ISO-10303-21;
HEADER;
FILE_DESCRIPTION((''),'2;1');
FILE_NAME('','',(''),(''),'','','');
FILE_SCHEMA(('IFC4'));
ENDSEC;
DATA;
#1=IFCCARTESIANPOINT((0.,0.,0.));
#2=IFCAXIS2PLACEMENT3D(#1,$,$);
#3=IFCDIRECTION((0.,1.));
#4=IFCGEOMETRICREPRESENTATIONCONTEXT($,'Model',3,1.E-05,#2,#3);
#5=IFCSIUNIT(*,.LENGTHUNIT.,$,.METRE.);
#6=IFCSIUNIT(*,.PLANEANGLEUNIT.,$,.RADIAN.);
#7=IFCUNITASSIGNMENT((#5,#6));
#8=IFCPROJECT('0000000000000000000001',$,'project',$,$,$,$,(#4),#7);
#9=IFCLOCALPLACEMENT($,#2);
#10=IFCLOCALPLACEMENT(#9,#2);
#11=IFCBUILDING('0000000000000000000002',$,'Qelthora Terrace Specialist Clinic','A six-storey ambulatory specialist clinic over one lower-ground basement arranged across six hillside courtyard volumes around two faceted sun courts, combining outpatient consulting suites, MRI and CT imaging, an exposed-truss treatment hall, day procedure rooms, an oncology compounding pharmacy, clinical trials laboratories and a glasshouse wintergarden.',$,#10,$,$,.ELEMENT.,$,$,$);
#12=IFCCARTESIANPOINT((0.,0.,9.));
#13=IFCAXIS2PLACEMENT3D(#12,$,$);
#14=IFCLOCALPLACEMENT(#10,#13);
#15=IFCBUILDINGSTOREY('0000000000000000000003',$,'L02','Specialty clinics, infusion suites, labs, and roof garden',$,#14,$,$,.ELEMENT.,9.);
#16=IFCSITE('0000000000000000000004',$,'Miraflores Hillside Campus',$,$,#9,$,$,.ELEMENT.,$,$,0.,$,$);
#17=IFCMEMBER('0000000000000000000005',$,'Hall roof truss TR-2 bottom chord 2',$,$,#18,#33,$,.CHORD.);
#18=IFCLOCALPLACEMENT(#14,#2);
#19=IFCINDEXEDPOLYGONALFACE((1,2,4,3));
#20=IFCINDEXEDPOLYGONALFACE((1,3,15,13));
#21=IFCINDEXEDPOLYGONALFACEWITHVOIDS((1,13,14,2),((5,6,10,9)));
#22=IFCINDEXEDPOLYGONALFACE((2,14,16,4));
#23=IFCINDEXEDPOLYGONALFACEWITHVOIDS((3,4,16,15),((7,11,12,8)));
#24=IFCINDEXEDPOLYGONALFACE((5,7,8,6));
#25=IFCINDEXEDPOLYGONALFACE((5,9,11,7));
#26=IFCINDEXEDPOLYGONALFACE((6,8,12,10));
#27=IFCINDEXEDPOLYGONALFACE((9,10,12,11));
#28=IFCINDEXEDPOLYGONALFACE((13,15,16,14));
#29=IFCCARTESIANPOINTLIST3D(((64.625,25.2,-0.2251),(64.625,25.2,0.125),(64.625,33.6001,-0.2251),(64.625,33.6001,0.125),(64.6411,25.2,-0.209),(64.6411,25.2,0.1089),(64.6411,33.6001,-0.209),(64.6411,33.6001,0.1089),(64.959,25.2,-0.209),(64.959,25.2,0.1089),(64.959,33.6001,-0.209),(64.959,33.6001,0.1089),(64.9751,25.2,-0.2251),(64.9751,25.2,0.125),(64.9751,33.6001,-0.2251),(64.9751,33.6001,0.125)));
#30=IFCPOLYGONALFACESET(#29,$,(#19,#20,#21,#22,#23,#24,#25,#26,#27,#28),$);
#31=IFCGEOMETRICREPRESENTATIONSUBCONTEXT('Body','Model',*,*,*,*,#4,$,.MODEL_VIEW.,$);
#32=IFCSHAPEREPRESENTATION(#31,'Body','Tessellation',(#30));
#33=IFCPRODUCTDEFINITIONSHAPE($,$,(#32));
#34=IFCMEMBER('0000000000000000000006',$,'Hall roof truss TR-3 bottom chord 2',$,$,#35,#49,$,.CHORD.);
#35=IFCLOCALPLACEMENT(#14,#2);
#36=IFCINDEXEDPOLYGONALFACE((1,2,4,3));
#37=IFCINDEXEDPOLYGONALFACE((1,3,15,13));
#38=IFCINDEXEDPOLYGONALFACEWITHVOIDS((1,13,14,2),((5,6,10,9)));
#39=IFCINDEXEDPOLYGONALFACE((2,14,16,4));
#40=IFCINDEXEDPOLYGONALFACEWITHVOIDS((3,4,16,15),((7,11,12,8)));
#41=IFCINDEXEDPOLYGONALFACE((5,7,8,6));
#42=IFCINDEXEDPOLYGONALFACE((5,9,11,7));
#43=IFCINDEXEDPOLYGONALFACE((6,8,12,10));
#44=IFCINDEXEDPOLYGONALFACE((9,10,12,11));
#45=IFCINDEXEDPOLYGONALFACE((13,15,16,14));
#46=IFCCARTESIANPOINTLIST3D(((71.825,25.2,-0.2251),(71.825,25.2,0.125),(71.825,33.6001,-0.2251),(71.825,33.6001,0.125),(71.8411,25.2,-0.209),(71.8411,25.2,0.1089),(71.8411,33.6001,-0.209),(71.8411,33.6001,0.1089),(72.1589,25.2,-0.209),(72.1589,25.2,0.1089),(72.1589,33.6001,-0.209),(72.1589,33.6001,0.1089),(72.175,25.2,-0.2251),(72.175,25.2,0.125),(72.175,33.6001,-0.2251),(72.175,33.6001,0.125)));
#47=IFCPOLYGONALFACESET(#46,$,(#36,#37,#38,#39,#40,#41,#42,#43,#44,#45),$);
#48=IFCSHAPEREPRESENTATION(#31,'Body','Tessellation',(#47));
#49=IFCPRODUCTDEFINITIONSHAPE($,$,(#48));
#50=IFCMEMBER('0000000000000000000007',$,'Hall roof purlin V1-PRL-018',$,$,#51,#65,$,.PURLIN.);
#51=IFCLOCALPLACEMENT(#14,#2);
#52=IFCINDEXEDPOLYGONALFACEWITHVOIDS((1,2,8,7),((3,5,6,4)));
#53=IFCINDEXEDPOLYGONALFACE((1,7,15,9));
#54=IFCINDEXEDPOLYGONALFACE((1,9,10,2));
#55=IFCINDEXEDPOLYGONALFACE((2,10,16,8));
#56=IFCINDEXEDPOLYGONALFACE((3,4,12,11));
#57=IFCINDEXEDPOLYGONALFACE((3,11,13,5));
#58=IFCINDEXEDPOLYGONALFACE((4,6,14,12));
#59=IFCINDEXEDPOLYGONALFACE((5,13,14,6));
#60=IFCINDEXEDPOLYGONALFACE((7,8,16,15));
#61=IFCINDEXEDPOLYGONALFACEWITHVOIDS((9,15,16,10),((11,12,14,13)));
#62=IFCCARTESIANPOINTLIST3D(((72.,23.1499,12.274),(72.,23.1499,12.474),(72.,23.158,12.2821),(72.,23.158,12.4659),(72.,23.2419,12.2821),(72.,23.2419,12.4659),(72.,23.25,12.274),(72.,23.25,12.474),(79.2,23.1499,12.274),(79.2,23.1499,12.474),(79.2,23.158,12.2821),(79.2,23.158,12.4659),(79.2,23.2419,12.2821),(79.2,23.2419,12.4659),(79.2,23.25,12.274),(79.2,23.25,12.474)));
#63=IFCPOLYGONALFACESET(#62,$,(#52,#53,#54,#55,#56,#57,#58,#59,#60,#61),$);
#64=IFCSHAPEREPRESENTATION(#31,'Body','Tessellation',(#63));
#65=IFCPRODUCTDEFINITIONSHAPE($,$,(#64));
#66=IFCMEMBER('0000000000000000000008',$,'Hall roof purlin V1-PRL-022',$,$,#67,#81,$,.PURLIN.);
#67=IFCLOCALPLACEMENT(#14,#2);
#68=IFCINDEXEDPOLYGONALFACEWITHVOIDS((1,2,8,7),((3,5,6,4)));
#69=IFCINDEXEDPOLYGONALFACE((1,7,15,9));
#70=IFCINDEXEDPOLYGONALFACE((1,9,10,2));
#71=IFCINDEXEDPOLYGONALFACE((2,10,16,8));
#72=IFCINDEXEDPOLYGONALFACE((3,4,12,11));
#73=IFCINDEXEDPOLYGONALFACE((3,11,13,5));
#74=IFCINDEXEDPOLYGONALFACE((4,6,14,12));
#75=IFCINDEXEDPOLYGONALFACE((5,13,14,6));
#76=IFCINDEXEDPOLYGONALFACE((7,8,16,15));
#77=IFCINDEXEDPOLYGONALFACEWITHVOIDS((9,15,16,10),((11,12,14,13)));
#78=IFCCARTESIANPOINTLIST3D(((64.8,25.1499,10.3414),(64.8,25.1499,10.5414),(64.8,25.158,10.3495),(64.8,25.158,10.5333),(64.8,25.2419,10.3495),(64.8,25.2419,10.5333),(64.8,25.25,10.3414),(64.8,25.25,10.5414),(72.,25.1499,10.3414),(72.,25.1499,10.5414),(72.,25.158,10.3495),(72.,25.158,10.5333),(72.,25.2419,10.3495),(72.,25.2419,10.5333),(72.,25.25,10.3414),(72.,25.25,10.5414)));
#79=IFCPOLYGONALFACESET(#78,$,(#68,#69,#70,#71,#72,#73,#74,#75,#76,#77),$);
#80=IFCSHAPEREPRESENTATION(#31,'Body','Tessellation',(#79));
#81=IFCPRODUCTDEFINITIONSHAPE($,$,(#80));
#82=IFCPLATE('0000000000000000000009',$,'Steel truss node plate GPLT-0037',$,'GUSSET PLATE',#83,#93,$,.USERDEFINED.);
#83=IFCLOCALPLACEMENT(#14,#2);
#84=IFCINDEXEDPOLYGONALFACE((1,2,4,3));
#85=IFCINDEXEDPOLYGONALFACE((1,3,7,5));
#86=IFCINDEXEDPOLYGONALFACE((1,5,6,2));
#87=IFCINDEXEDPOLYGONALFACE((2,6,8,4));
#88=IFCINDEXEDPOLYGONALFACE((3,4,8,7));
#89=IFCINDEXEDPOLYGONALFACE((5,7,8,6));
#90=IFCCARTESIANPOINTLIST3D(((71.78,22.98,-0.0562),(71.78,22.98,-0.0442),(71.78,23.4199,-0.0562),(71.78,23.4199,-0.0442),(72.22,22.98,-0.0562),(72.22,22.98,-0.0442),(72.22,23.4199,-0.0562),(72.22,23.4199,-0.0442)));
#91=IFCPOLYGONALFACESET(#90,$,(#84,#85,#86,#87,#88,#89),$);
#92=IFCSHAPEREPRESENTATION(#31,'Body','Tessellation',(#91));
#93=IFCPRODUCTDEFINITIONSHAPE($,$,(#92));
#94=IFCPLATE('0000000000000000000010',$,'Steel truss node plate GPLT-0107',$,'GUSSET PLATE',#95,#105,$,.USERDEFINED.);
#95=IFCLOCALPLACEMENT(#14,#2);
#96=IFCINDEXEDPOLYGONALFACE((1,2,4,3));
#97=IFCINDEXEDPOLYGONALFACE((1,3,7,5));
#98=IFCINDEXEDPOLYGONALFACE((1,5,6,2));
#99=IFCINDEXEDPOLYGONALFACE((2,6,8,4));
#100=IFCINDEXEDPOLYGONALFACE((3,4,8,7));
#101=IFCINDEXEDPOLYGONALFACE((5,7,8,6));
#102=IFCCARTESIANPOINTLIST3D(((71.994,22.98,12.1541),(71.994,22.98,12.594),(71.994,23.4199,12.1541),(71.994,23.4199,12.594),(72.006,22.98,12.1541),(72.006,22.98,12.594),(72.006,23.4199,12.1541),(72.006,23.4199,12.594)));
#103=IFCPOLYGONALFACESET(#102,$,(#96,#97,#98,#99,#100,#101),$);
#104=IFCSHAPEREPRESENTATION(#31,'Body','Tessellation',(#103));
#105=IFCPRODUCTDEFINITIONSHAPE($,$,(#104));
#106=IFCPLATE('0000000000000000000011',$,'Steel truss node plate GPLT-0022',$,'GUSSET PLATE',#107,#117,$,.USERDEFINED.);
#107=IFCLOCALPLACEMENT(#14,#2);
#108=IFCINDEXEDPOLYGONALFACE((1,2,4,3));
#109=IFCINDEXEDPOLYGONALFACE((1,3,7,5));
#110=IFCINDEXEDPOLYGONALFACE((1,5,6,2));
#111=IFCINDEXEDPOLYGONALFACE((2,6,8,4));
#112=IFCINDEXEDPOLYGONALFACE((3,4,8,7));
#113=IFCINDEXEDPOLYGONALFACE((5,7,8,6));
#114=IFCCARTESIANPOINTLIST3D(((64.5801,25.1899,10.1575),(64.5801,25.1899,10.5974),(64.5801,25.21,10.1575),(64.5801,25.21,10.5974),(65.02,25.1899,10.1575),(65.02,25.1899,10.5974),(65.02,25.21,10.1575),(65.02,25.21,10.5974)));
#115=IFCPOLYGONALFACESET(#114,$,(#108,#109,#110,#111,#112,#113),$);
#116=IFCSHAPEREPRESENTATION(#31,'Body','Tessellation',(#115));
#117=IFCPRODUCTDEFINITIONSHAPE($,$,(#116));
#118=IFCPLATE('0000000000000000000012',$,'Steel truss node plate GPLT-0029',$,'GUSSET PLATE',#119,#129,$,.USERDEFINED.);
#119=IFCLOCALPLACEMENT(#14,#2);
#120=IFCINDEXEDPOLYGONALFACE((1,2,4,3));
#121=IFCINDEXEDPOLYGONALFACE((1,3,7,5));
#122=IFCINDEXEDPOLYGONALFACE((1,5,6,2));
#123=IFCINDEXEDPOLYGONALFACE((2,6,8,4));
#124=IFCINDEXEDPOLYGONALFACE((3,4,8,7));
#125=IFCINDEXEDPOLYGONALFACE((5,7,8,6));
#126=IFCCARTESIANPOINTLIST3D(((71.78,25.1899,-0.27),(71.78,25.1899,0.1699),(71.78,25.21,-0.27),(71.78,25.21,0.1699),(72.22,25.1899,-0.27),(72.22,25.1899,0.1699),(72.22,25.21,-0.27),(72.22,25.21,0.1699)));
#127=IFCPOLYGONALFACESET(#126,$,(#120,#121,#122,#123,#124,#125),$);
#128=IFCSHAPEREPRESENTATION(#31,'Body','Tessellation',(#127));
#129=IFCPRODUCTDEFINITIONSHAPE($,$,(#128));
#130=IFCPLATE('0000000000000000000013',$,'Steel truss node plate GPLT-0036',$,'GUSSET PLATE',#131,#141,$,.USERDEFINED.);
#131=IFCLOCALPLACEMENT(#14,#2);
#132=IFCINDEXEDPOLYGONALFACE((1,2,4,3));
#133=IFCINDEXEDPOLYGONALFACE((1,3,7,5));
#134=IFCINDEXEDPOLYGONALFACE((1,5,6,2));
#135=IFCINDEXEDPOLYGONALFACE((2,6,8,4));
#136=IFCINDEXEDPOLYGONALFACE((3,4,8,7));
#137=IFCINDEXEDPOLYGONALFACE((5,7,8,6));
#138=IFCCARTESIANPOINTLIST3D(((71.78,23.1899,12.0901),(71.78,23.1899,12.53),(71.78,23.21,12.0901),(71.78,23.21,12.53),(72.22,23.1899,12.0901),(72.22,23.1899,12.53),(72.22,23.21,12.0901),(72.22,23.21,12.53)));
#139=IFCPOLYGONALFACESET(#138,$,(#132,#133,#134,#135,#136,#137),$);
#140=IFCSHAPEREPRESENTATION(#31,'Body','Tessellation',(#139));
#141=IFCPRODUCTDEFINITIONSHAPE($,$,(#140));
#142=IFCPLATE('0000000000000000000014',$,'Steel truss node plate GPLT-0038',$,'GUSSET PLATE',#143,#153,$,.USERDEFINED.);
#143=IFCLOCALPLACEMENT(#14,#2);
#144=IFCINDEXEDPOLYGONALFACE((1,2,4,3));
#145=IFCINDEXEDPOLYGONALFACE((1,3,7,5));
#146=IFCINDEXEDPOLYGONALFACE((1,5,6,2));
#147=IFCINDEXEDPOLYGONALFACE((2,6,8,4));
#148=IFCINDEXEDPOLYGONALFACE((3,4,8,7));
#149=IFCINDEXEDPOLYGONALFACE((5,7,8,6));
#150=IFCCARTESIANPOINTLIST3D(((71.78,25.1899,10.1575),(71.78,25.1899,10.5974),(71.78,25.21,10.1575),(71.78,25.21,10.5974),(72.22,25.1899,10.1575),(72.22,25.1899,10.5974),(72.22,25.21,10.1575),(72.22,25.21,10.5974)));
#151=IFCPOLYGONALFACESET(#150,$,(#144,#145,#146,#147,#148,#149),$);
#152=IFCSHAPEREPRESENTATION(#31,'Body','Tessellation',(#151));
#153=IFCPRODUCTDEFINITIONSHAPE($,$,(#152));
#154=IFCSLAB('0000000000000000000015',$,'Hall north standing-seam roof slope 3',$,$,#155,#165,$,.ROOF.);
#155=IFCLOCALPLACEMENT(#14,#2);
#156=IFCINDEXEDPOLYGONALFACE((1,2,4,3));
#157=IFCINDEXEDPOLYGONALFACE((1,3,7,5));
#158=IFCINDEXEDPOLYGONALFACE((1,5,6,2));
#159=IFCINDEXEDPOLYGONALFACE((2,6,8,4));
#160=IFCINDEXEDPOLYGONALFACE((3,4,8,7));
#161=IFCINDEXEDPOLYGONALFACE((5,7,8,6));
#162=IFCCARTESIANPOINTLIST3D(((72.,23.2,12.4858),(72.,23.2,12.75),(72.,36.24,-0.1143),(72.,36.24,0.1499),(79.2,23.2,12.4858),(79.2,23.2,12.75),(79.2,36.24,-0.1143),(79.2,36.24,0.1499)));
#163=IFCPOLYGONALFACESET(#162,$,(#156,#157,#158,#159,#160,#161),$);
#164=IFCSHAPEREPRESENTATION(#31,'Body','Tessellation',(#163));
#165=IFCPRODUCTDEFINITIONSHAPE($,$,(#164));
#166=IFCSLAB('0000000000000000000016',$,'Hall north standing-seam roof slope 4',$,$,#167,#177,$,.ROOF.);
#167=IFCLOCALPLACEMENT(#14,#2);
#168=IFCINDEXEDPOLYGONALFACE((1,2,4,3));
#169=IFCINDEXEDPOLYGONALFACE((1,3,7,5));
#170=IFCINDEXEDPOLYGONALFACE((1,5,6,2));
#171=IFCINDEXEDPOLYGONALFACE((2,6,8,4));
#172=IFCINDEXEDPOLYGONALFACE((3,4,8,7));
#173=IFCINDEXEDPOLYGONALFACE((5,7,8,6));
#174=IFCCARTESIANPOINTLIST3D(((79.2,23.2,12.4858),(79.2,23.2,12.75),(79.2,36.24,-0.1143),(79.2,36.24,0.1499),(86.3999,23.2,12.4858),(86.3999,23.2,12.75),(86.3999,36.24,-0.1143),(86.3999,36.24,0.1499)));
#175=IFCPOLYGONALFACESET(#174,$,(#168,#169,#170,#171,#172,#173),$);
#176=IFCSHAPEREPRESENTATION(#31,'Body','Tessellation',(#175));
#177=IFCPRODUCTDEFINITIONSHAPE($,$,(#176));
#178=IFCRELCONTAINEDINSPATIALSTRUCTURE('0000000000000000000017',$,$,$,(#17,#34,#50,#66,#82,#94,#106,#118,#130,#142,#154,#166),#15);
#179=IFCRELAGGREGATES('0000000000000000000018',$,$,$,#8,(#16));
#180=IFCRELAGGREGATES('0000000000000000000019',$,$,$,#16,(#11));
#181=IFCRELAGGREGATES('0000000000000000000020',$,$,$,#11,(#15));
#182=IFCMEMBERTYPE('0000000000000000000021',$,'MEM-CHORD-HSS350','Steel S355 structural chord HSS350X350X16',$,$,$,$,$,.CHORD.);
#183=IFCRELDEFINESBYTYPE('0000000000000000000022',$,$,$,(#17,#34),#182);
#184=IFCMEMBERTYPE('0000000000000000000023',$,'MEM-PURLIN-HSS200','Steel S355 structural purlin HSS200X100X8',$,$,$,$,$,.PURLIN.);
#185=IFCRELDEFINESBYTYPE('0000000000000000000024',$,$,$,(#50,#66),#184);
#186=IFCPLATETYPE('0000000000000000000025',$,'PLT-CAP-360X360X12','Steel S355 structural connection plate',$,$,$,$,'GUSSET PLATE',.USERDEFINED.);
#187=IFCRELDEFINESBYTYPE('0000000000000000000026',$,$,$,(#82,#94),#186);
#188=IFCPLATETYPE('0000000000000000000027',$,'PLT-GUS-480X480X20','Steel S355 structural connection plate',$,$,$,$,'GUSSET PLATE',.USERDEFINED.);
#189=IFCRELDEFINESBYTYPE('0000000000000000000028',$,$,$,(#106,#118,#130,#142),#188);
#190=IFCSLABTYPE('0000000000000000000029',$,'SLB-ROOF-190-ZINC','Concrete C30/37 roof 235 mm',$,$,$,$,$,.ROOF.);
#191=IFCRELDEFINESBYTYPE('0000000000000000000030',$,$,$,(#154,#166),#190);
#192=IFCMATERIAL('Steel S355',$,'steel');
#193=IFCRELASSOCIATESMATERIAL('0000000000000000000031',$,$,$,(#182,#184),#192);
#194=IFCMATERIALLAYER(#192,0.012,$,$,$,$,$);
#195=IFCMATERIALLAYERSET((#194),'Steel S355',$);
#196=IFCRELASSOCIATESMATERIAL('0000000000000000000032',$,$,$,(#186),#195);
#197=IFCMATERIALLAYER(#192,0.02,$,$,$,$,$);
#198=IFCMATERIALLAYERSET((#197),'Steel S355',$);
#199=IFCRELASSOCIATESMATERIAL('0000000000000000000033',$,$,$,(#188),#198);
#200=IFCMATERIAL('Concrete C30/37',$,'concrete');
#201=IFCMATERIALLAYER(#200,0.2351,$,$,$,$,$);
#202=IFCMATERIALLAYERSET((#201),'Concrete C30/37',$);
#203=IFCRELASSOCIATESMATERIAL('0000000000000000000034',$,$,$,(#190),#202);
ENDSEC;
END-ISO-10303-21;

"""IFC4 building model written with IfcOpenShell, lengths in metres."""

from ifc_helpers import new_model, si_unit, direction, frame, origin, origin_2d, place, context, subcontext, project, spatial, polyline, rectangle, hollow_rectangle, outline, extrude, material, layer, layer_set, material_profile, profile_set, type_object, element, save


model = new_model("IFC4")

# Units and contexts
model_context = context("Model", 3, precision=1e-05, world=origin(), true_north=direction((0.0, 1.0)))
body_context = subcontext(model_context, "Body", "Model", "MODEL_VIEW")
ifc_project = project(units=[si_unit("LENGTHUNIT", "METRE"), si_unit("PLANEANGLEUNIT", "RADIAN")], contexts=[model_context])

# Site, building, storey
site_placement = place(None, origin())
site = spatial("IfcSite", under=ifc_project, at=site_placement, Name="Miraflores Hillside Campus", CompositionType="ELEMENT", RefElevation=0.0)
building_placement = place(site_placement, origin())
building = spatial("IfcBuilding", under=site, at=building_placement, Name="Qelthora Terrace Specialist Clinic", Description="A six-storey ambulatory specialist clinic over one lower-ground basement arranged across six hillside courtyard volumes around two faceted sun courts, combining outpatient consulting suites, MRI and CT imaging, an exposed-truss treatment hall, day procedure rooms, an oncology compounding pharmacy, clinical trials laboratories and a glasshouse wintergarden.", CompositionType="ELEMENT")
storey_placement = place(building_placement, frame((0.0, 0.0, 9.0)))
storey = spatial("IfcBuildingStorey", under=building, at=storey_placement, Name="L02", Description="Specialty clinics, infusion suites, labs, and roof garden", CompositionType="ELEMENT", Elevation=9.0)

# Shared definitions
ifc_material_1 = material(Name="Steel S355", Category="steel")

# Members
ifc_material_profile_1 = material_profile(ifc_material_1, hollow_rectangle(XDim=0.3501, YDim=0.3501, WallThickness=0.0161, at=origin_2d()), Name="HSS350X350X16")
ifc_profile_set_1 = profile_set([ifc_material_profile_1], Name="Steel S355")
member_type_1 = type_object("IfcMemberType", Name="MEM-CHORD-HSS350", Description="Steel S355 structural chord HSS350X350X16", PredefinedType="CHORD", material=ifc_profile_set_1)
for number, where, z_axis, x_axis, name in (
    (1, (64.8, 25.2, -0.05), (0.0, 1.0, 0.0), (-1.0, 0.0, 0.0), "Hall roof truss TR-2 bottom chord 2"),
    (2, (72.0, 25.2, -0.05), (0.0, 1.0, 0.0), (-1.0, 0.0, 0.0), "Hall roof truss TR-3 bottom chord 2"),
):
    element("IfcMember", number, at=place(storey_placement, frame(where, z_axis=z_axis, x_axis=x_axis)), inside=storey, type_object=member_type_1, Name=name, PredefinedType="CHORD", context=body_context, shape_type="SweptSolid", body=[
        extrude(hollow_rectangle(XDim=0.3501, YDim=0.3501, WallThickness=0.0161, at=origin_2d()), origin(), (0.0, 0.0, 1.0), 8.4001),
    ])
ifc_material_profile_2 = material_profile(ifc_material_1, hollow_rectangle(XDim=0.1001, YDim=0.2, WallThickness=0.0081, at=origin_2d()), Name="HSS200X100X8")
ifc_profile_set_2 = profile_set([ifc_material_profile_2], Name="Steel S355")
member_type_2 = type_object("IfcMemberType", Name="MEM-PURLIN-HSS200", Description="Steel S355 structural purlin HSS200X100X8", PredefinedType="PURLIN", material=ifc_profile_set_2)
for number, where, z_axis, x_axis, name in (
    (3, (72.0, 23.2, 12.374), (1.0, 0.0, 0.0), (0.0, 1.0, 0.0), "Hall roof purlin V1-PRL-018"),
    (4, (64.8, 25.2, 10.4414), (1.0, 0.0, 0.0), (0.0, 1.0, 0.0), "Hall roof purlin V1-PRL-022"),
):
    element("IfcMember", number, at=place(storey_placement, frame(where, z_axis=z_axis, x_axis=x_axis)), inside=storey, type_object=member_type_2, Name=name, PredefinedType="PURLIN", context=body_context, shape_type="SweptSolid", body=[
        extrude(hollow_rectangle(XDim=0.1001, YDim=0.2, WallThickness=0.0081, at=origin_2d()), origin(), (0.0, 0.0, 1.0), 7.2),
    ])

# Plates
ifc_layer_1 = layer(ifc_material_1, 0.012)
ifc_layer_set_1 = layer_set([ifc_layer_1], Name="Steel S355")
plate_type_1 = type_object("IfcPlateType", Name="PLT-CAP-360X360X12", Description="Steel S355 structural connection plate", ElementType="GUSSET PLATE", PredefinedType="USERDEFINED", material=ifc_layer_set_1)
plate_1_placement = place(storey_placement, frame((72.0, 23.2, -0.0562), z_axis=(0.0, 0.0, 1.0), x_axis=(1.0, 0.0, 0.0)))
element("IfcPlate", 5, at=plate_1_placement, inside=storey, type_object=plate_type_1, Name="Steel truss node plate GPLT-0037", ObjectType="GUSSET PLATE", PredefinedType="USERDEFINED", context=body_context, shape_type="SweptSolid", body=[
    extrude(rectangle(XDim=0.4399, YDim=0.4399, at=origin_2d()), origin(), (0.0, 0.0, 1.0), 0.012),
])
plate_2_placement = place(storey_placement, frame((72.0, 23.2, 12.1541), z_axis=(0.0, 0.0, 1.0), x_axis=(1.0, 0.0, 0.0)))
element("IfcPlate", 6, at=plate_2_placement, inside=storey, type_object=plate_type_1, Name="Steel truss node plate GPLT-0107", ObjectType="GUSSET PLATE", PredefinedType="USERDEFINED", context=body_context, shape_type="SweptSolid", body=[
    extrude(rectangle(XDim=0.012, YDim=0.4399, at=origin_2d()), origin(), (0.0, 0.0, 1.0), 0.4399),
])
ifc_layer_2 = layer(ifc_material_1, 0.02)
ifc_layer_set_2 = layer_set([ifc_layer_2], Name="Steel S355")
plate_type_2 = type_object("IfcPlateType", Name="PLT-GUS-480X480X20", Description="Steel S355 structural connection plate", ElementType="GUSSET PLATE", PredefinedType="USERDEFINED", material=ifc_layer_set_2)
for number, where, z_axis, x_axis, name in (
    (7, (64.8, 25.2, 10.1575), (0.0, 0.0, 1.0), (1.0, 0.0, 0.0), "Steel truss node plate GPLT-0022"),
    (8, (72.0, 25.2, -0.27), (0.0, 0.0, 1.0), (1.0, 0.0, 0.0), "Steel truss node plate GPLT-0029"),
    (9, (72.0, 23.2, 12.0901), (0.0, 0.0, 1.0), (1.0, 0.0, 0.0), "Steel truss node plate GPLT-0036"),
    (10, (72.0, 25.2, 10.1575), (0.0, 0.0, 1.0), (1.0, 0.0, 0.0), "Steel truss node plate GPLT-0038"),
):
    element("IfcPlate", number, at=place(storey_placement, frame(where, z_axis=z_axis, x_axis=x_axis)), inside=storey, type_object=plate_type_2, Name=name, ObjectType="GUSSET PLATE", PredefinedType="USERDEFINED", context=body_context, shape_type="SweptSolid", body=[
        extrude(rectangle(XDim=0.4399, YDim=0.02, at=origin_2d()), origin(), (0.0, 0.0, 1.0), 0.4399),
    ])

# Slabs
ifc_material_2 = material(Name="Concrete C30/37", Category="concrete")
ifc_layer_3 = layer(ifc_material_2, 0.2351)
ifc_layer_set_3 = layer_set([ifc_layer_3], Name="Concrete C30/37")
slab_type = type_object("IfcSlabType", Name="SLB-ROOF-190-ZINC", Description="Concrete C30/37 roof 235 mm", PredefinedType="ROOF", material=ifc_layer_set_3)
for number, where, z_axis, x_axis, name in (
    (11, (72.0, 23.2, 12.4858), (0.0, 0.694872, 0.719134), (1.0, 0.0, 0.0), "Hall north standing-seam roof slope 3"),
    (12, (79.2, 23.2, 12.4858), (0.0, 0.694872, 0.719134), (1.0, 0.0, 0.0), "Hall north standing-seam roof slope 4"),
):
    element("IfcSlab", number, at=place(storey_placement, frame(where, z_axis=z_axis, x_axis=x_axis)), inside=storey, type_object=slab_type, Name=name, PredefinedType="ROOF", context=body_context, shape_type="SweptSolid", body=[
        extrude(outline(polyline([(0.0, 0.0), (7.2, 0.0), (7.2, 18.133), (0.0, 18.133), (0.0, 0.0)])), origin(), (0.0, -0.694872, 0.719134), 0.2642),
    ])

save(model, "model.ifc")
